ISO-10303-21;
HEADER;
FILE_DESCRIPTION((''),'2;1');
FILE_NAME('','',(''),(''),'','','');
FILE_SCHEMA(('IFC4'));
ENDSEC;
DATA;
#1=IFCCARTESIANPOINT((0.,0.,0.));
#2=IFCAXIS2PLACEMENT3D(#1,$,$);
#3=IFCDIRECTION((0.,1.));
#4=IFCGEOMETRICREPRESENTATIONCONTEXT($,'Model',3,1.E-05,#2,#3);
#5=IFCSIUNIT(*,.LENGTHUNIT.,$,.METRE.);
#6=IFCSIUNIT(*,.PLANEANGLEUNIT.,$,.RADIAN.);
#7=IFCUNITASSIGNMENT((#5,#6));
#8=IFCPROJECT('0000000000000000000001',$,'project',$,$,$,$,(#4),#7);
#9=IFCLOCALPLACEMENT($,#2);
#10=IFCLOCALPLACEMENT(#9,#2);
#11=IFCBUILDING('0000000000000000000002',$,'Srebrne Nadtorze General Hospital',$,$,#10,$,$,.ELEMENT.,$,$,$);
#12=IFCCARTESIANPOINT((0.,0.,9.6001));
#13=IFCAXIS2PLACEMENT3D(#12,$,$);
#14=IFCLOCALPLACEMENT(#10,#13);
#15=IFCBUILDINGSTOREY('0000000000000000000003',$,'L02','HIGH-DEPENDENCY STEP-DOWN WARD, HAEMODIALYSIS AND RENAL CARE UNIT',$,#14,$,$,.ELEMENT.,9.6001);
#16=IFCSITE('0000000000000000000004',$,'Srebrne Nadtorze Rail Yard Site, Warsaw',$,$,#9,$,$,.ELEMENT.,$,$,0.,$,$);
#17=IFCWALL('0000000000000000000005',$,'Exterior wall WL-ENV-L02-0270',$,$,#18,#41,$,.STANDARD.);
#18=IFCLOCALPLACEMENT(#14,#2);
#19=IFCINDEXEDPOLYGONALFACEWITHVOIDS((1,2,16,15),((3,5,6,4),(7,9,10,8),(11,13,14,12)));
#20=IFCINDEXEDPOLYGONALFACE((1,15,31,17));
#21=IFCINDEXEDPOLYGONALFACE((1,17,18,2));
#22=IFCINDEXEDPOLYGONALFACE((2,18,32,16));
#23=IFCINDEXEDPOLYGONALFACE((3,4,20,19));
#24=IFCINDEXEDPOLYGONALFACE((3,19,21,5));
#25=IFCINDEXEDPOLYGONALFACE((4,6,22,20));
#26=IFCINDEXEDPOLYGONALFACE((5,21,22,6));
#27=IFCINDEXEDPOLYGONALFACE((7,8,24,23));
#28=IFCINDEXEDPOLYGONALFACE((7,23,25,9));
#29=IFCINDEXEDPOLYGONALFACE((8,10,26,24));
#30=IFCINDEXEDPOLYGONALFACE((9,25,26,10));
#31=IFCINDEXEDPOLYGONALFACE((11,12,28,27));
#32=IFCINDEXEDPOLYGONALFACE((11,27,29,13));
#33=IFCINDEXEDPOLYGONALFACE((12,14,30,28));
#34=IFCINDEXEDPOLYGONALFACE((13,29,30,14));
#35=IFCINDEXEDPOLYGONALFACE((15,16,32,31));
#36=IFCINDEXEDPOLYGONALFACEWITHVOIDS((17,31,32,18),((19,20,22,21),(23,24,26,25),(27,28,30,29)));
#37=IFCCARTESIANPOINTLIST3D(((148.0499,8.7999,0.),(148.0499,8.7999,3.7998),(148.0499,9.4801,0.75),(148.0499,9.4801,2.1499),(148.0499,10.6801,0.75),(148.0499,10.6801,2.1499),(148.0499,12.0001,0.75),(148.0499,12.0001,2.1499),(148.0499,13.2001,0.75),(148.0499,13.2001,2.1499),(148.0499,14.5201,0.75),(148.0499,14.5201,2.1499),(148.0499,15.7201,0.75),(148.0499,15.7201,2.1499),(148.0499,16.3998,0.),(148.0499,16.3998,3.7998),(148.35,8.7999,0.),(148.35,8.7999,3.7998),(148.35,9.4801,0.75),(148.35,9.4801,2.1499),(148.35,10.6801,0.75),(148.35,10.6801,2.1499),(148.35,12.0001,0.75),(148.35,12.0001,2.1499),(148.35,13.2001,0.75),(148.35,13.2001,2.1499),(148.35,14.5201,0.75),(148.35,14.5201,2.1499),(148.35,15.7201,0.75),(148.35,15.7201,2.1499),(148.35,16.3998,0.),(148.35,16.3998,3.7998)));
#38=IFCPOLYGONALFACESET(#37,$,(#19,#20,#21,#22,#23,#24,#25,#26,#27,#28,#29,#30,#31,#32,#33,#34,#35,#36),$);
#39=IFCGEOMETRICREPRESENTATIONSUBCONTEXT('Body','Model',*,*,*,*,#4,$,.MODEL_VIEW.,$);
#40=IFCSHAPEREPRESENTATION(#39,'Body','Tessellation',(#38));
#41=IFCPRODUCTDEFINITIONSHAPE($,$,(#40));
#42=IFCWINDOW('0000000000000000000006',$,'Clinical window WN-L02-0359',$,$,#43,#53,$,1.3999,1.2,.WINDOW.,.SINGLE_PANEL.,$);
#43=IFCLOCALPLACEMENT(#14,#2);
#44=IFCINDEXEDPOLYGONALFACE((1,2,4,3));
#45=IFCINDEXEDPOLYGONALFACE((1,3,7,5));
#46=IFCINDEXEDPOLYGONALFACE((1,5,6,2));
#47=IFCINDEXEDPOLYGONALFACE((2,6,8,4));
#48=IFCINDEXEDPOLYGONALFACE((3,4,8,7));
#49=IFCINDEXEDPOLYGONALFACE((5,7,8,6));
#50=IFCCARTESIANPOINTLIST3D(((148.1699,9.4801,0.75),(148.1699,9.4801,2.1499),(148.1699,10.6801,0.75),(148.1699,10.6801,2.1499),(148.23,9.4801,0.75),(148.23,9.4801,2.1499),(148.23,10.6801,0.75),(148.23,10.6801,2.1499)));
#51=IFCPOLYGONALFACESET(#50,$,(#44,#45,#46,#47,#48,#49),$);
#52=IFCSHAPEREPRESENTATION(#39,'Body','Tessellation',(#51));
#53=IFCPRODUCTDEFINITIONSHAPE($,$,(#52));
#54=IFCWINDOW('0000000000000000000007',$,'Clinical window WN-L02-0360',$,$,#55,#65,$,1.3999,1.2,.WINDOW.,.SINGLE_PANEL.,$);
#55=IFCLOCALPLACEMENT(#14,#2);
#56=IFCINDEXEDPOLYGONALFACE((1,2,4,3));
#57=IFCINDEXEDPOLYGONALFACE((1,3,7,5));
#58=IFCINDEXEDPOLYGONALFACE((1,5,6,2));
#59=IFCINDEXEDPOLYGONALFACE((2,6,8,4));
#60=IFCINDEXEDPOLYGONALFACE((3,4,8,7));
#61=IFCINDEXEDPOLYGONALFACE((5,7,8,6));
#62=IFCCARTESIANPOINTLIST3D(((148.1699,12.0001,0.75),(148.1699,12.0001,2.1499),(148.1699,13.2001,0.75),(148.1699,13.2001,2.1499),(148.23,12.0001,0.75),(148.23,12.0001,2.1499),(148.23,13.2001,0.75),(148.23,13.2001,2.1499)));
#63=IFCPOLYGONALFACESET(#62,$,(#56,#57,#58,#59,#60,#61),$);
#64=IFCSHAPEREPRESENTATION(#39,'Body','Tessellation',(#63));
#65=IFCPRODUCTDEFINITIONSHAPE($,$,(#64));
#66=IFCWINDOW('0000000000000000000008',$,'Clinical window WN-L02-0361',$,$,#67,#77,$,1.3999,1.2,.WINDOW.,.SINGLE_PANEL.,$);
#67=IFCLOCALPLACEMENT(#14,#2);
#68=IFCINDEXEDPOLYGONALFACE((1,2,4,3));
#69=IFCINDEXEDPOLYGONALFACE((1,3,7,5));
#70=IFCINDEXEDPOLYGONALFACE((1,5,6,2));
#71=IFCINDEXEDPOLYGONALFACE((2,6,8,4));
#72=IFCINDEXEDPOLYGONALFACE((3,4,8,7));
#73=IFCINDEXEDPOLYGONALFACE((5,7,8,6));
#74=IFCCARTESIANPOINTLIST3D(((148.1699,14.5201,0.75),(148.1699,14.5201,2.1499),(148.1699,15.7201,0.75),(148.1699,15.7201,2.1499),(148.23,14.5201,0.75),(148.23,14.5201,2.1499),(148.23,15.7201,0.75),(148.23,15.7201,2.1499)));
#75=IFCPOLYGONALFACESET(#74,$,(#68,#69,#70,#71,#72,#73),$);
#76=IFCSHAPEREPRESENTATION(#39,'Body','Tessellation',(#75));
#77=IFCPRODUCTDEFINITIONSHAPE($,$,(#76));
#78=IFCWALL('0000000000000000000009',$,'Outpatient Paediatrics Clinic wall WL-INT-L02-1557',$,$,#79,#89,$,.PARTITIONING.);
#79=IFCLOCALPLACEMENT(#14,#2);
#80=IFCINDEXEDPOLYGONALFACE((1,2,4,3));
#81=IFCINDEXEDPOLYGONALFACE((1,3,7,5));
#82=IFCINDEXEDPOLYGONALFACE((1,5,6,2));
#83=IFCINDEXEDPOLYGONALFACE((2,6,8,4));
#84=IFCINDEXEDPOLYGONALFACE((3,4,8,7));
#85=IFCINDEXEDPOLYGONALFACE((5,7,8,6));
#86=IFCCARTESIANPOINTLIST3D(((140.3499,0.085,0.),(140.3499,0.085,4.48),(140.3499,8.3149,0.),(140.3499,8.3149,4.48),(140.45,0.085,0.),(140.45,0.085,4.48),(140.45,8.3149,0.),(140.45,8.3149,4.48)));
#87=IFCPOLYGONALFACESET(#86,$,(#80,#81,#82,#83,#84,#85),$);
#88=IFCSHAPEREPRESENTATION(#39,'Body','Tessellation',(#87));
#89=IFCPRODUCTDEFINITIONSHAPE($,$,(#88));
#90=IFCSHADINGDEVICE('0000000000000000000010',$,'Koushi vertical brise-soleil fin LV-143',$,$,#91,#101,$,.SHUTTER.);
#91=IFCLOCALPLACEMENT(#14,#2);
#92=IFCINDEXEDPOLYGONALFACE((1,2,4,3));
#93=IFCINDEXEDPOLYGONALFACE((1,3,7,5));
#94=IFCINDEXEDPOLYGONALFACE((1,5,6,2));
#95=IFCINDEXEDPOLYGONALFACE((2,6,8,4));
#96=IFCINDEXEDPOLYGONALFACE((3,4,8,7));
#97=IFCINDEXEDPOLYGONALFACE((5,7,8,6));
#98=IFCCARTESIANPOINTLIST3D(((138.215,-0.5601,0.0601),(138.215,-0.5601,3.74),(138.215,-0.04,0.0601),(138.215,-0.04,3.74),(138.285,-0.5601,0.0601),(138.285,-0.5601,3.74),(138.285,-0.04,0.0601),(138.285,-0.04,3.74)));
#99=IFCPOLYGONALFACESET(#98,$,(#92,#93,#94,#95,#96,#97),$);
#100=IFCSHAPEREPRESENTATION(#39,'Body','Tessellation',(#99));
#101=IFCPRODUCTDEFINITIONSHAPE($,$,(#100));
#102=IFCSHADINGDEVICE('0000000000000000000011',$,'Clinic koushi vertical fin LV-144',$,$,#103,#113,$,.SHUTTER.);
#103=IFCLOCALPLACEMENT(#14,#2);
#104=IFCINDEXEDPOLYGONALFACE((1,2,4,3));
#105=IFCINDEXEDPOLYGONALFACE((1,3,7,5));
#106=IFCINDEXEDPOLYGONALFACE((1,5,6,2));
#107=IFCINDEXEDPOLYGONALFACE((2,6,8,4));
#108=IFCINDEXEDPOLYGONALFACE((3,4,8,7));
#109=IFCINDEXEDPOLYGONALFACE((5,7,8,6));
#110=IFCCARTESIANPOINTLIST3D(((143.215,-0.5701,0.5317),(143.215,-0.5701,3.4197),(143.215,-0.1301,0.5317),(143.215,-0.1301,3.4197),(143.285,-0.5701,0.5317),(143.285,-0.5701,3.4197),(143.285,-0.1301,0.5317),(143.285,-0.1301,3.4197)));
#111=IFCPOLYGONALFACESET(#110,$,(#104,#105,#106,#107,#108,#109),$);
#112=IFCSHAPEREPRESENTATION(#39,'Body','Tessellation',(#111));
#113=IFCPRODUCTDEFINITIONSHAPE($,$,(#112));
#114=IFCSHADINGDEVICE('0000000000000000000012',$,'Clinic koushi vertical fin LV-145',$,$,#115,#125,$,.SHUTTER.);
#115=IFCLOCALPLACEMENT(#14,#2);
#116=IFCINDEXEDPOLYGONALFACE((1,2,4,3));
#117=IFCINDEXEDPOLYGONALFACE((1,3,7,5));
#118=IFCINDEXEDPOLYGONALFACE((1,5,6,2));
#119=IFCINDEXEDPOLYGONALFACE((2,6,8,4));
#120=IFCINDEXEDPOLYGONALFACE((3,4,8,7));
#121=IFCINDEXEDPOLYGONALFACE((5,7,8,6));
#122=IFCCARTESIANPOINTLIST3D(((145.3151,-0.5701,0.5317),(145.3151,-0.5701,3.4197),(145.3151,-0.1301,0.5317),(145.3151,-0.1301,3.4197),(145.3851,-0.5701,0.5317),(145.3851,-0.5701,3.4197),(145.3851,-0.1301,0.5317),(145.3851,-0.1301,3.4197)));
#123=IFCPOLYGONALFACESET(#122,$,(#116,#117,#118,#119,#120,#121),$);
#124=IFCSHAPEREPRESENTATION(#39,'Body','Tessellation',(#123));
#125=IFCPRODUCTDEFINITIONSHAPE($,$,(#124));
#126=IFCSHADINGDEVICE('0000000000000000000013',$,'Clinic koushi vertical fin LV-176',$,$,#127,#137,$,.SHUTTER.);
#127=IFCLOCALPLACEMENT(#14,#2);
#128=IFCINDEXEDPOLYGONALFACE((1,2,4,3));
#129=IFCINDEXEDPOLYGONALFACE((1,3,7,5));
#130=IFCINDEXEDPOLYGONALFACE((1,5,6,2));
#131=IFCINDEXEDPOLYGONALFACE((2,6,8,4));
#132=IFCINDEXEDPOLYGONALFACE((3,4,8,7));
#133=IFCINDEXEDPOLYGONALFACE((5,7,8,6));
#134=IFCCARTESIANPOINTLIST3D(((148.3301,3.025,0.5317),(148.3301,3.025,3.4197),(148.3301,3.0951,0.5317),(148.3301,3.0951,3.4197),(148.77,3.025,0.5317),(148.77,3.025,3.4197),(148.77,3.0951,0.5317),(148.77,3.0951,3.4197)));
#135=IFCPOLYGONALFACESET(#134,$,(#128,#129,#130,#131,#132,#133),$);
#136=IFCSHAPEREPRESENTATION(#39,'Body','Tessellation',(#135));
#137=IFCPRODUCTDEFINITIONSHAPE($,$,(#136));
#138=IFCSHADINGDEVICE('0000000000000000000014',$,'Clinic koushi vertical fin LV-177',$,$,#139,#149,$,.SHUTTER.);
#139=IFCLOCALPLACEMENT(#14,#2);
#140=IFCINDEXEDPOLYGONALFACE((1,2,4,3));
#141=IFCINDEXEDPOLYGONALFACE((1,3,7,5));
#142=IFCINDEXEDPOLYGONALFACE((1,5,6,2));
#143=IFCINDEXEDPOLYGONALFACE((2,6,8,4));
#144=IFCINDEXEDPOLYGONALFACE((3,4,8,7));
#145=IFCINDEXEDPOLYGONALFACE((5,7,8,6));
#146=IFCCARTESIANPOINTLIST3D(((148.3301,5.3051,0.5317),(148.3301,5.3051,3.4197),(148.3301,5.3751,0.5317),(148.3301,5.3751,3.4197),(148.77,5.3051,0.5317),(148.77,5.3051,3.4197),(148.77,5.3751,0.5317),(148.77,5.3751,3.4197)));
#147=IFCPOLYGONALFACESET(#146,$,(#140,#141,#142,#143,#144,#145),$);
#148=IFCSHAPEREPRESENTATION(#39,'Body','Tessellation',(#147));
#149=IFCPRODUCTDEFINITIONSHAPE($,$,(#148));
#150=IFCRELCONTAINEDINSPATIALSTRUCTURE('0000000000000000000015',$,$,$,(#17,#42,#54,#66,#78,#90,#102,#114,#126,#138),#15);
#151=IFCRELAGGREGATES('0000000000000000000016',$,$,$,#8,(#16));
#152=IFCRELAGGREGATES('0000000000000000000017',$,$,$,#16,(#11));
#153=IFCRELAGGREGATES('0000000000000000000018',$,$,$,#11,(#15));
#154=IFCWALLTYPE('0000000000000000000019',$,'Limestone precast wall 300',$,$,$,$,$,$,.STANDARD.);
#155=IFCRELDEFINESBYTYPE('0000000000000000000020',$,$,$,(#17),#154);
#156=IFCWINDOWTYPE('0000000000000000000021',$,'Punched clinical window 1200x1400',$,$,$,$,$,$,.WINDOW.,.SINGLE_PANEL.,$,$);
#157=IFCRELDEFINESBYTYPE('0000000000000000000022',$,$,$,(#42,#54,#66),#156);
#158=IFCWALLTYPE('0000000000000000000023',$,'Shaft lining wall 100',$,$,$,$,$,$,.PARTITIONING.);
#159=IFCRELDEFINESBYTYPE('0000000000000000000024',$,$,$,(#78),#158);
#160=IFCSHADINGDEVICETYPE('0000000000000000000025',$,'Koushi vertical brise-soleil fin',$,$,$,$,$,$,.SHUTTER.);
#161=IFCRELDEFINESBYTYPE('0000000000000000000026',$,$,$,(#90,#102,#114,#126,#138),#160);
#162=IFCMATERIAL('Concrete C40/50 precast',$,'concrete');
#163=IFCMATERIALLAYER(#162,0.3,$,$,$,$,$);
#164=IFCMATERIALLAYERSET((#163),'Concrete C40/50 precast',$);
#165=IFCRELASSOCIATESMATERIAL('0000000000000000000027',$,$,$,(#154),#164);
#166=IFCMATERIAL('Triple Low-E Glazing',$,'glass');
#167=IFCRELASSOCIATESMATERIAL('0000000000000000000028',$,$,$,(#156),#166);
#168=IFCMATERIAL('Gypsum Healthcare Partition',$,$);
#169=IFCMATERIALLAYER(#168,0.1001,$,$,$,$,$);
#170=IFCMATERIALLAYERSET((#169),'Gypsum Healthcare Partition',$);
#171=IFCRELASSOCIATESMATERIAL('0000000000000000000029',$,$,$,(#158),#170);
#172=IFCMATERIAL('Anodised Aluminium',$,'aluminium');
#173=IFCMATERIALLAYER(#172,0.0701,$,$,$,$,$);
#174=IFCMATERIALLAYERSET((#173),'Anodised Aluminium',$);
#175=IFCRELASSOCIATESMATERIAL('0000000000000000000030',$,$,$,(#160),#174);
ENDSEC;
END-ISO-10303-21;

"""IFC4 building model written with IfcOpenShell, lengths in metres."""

from ifc_helpers import new_model, si_unit, direction, frame, frame_2d, origin, origin_2d, place, context, subcontext, project, spatial, rectangle, extrude, material, layer, layer_set, type_object, element, fill, save


model = new_model("IFC4")

# Units and contexts
model_context = context("Model", 3, precision=1e-05, world=origin(), true_north=direction((0.0, 1.0)))
body_context = subcontext(model_context, "Body", "Model", "MODEL_VIEW")
ifc_project = project(units=[si_unit("LENGTHUNIT", "METRE"), si_unit("PLANEANGLEUNIT", "RADIAN")], contexts=[model_context])

# Site, building, storey
site_placement = place(None, origin())
site = spatial("IfcSite", under=ifc_project, at=site_placement, Name="Srebrne Nadtorze Rail Yard Site, Warsaw", CompositionType="ELEMENT", RefElevation=0.0)
building_placement = place(site_placement, origin())
building = spatial("IfcBuilding", under=site, at=building_placement, Name="Srebrne Nadtorze General Hospital", CompositionType="ELEMENT")
storey_placement = place(building_placement, frame((0.0, 0.0, 9.6001)))
storey = spatial("IfcBuildingStorey", under=building, at=storey_placement, Name="L02", Description="HIGH-DEPENDENCY STEP-DOWN WARD, HAEMODIALYSIS AND RENAL CARE UNIT", CompositionType="ELEMENT", Elevation=9.6001)

# Wall, openings, windows
ifc_material_1 = material(Name="Concrete C40/50 precast", Category="concrete")
ifc_layer_1 = layer(ifc_material_1, 0.3)
ifc_layer_set_1 = layer_set([ifc_layer_1], Name="Concrete C40/50 precast")
wall_type_1 = type_object("IfcWallType", Name="Limestone precast wall 300", PredefinedType="STANDARD", material=ifc_layer_set_1)
wall_1_placement = place(storey_placement, frame((148.2, 8.8, 0.0), z_axis=(0.0, 0.0, 1.0), x_axis=(0.0, 1.0, 0.0)))
wall_1 = element("IfcWall", 1, at=wall_1_placement, inside=storey, type_object=wall_type_1, Name="Exterior wall WL-ENV-L02-0270", PredefinedType="STANDARD", context=body_context, shape_type="SweptSolid", body=[
    extrude(rectangle(XDim=7.5999, YDim=0.3, at=frame_2d((3.7998, 0.0))), origin(), (0.0, 0.0, 1.0), 3.7998),
])
opening_1_placement = place(wall_1_placement, frame((0.6799, 0.0, 0.75)))
opening_1 = element("IfcOpeningElement", 2, at=opening_1_placement, cuts=wall_1, PredefinedType="OPENING", context=body_context, shape_type="SweptSolid", body=[
    extrude(rectangle(XDim=1.2, YDim=1.3999, at=frame_2d((0.6001, 0.7))), frame((0.0, 0.1621, 0.0), z_axis=(0.0, -1.0, 0.0), x_axis=(1.0, 0.0, 0.0)), (0.0, 0.0, 1.0), 0.324),
])
opening_2_placement = place(wall_1_placement, frame((3.2, 0.0, 0.75)))
opening_2 = element("IfcOpeningElement", 3, at=opening_2_placement, cuts=wall_1, PredefinedType="OPENING", context=body_context, shape_type="SweptSolid", body=[
    extrude(rectangle(XDim=1.2, YDim=1.3999, at=frame_2d((0.6001, 0.7))), frame((0.0, 0.1621, 0.0), z_axis=(0.0, -1.0, 0.0), x_axis=(1.0, 0.0, 0.0)), (0.0, 0.0, 1.0), 0.324),
])
opening_3_placement = place(wall_1_placement, frame((5.72, 0.0, 0.75)))
opening_3 = element("IfcOpeningElement", 4, at=opening_3_placement, cuts=wall_1, PredefinedType="OPENING", context=body_context, shape_type="SweptSolid", body=[
    extrude(rectangle(XDim=1.2, YDim=1.3999, at=frame_2d((0.6001, 0.7))), frame((0.0, 0.1621, 0.0), z_axis=(0.0, -1.0, 0.0), x_axis=(1.0, 0.0, 0.0)), (0.0, 0.0, 1.0), 0.324),
])
ifc_material_2 = material(Name="Triple Low-E Glazing", Category="glass")
window_type_1 = type_object("IfcWindowType", Name="Punched clinical window 1200x1400", PartitioningType="SINGLE_PANEL", PredefinedType="WINDOW", material=ifc_material_2)
window_1_placement = place(opening_1_placement, origin())
window_1 = element("IfcWindow", 5, at=window_1_placement, inside=storey, type_object=window_type_1, Name="Clinical window WN-L02-0359", OverallHeight=1.3999, OverallWidth=1.2, PartitioningType="SINGLE_PANEL", PredefinedType="WINDOW", context=body_context, shape_type="SweptSolid", body=[
    extrude(rectangle(XDim=1.2, YDim=1.3999, at=frame_2d((0.6001, 0.7))), frame((0.0, 0.03, 0.0), z_axis=(0.0, -1.0, 0.0), x_axis=(1.0, 0.0, 0.0)), (0.0, 0.0, 1.0), 0.0601),
])
fill(opening_1, window_1)
window_2_placement = place(opening_2_placement, origin())
window_2 = element("IfcWindow", 6, at=window_2_placement, inside=storey, type_object=window_type_1, Name="Clinical window WN-L02-0360", OverallHeight=1.3999, OverallWidth=1.2, PartitioningType="SINGLE_PANEL", PredefinedType="WINDOW", context=body_context, shape_type="SweptSolid", body=[
    extrude(rectangle(XDim=1.2, YDim=1.3999, at=frame_2d((0.6001, 0.7))), frame((0.0, 0.03, 0.0), z_axis=(0.0, -1.0, 0.0), x_axis=(1.0, 0.0, 0.0)), (0.0, 0.0, 1.0), 0.0601),
])
fill(opening_2, window_2)
window_3_placement = place(opening_3_placement, origin())
window_3 = element("IfcWindow", 7, at=window_3_placement, inside=storey, type_object=window_type_1, Name="Clinical window WN-L02-0361", OverallHeight=1.3999, OverallWidth=1.2, PartitioningType="SINGLE_PANEL", PredefinedType="WINDOW", context=body_context, shape_type="SweptSolid", body=[
    extrude(rectangle(XDim=1.2, YDim=1.3999, at=frame_2d((0.6001, 0.7))), frame((0.0, 0.03, 0.0), z_axis=(0.0, -1.0, 0.0), x_axis=(1.0, 0.0, 0.0)), (0.0, 0.0, 1.0), 0.0601),
])
fill(opening_3, window_3)

# Wall
ifc_material_3 = material(Name="Gypsum Healthcare Partition")
ifc_layer_2 = layer(ifc_material_3, 0.1001)
ifc_layer_set_2 = layer_set([ifc_layer_2], Name="Gypsum Healthcare Partition")
wall_type_2 = type_object("IfcWallType", Name="Shaft lining wall 100", PredefinedType="PARTITIONING", material=ifc_layer_set_2)
wall_2_placement = place(storey_placement, frame((140.3999, 0.085, 0.0), z_axis=(0.0, 0.0, 1.0), x_axis=(0.0, 1.0, 0.0)))
element("IfcWall", 8, at=wall_2_placement, inside=storey, type_object=wall_type_2, Name="Outpatient Paediatrics Clinic wall WL-INT-L02-1557", PredefinedType="PARTITIONING", context=body_context, shape_type="SweptSolid", body=[
    extrude(rectangle(XDim=8.23, YDim=0.1001, at=frame_2d((4.115, 0.0))), origin(), (0.0, 0.0, 1.0), 4.48),
])

# Shading devices
ifc_material_4 = material(Name="Anodised Aluminium", Category="aluminium")
ifc_layer_3 = layer(ifc_material_4, 0.0701)
ifc_layer_set_3 = layer_set([ifc_layer_3], Name="Anodised Aluminium")
shading_device_type = type_object("IfcShadingDeviceType", Name="Koushi vertical brise-soleil fin", PredefinedType="SHUTTER", material=ifc_layer_set_3)
shading_device_placement = place(storey_placement, frame((138.25, -0.3, 0.0601), z_axis=(0.0, 0.0, 1.0), x_axis=(1.0, 0.0, 0.0)))
element("IfcShadingDevice", 9, at=shading_device_placement, inside=storey, type_object=shading_device_type, Name="Koushi vertical brise-soleil fin LV-143", PredefinedType="SHUTTER", context=body_context, shape_type="SweptSolid", body=[
    extrude(rectangle(XDim=0.0701, YDim=0.52, at=origin_2d()), origin(), (0.0, 0.0, 1.0), 3.6799),
])
for number, where, z_axis, x_axis, name in (
    (10, (143.25, -0.3501, 0.5317), (0.0, 0.0, 1.0), (1.0, 0.0, 0.0), "Clinic koushi vertical fin LV-144"),
    (11, (145.3501, -0.3501, 0.5317), (0.0, 0.0, 1.0), (1.0, 0.0, 0.0), "Clinic koushi vertical fin LV-145"),
):
    element("IfcShadingDevice", number, at=place(storey_placement, frame(where, z_axis=z_axis, x_axis=x_axis)), inside=storey, type_object=shading_device_type, Name=name, PredefinedType="SHUTTER", context=body_context, shape_type="SweptSolid", body=[
        extrude(rectangle(XDim=0.0701, YDim=0.4399, at=origin_2d()), origin(), (0.0, 0.0, 1.0), 2.8879),
    ])
for number, where, z_axis, x_axis, name in (
    (12, (148.55, 3.0601, 0.5317), (0.0, 0.0, 1.0), (1.0, 0.0, 0.0), "Clinic koushi vertical fin LV-176"),
    (13, (148.55, 5.3401, 0.5317), (0.0, 0.0, 1.0), (1.0, 0.0, 0.0), "Clinic koushi vertical fin LV-177"),
):
    element("IfcShadingDevice", number, at=place(storey_placement, frame(where, z_axis=z_axis, x_axis=x_axis)), inside=storey, type_object=shading_device_type, Name=name, PredefinedType="SHUTTER", context=body_context, shape_type="SweptSolid", body=[
        extrude(rectangle(XDim=0.4399, YDim=0.0701, at=origin_2d()), origin(), (0.0, 0.0, 1.0), 2.8879),
    ])

save(model, "model.ifc")
